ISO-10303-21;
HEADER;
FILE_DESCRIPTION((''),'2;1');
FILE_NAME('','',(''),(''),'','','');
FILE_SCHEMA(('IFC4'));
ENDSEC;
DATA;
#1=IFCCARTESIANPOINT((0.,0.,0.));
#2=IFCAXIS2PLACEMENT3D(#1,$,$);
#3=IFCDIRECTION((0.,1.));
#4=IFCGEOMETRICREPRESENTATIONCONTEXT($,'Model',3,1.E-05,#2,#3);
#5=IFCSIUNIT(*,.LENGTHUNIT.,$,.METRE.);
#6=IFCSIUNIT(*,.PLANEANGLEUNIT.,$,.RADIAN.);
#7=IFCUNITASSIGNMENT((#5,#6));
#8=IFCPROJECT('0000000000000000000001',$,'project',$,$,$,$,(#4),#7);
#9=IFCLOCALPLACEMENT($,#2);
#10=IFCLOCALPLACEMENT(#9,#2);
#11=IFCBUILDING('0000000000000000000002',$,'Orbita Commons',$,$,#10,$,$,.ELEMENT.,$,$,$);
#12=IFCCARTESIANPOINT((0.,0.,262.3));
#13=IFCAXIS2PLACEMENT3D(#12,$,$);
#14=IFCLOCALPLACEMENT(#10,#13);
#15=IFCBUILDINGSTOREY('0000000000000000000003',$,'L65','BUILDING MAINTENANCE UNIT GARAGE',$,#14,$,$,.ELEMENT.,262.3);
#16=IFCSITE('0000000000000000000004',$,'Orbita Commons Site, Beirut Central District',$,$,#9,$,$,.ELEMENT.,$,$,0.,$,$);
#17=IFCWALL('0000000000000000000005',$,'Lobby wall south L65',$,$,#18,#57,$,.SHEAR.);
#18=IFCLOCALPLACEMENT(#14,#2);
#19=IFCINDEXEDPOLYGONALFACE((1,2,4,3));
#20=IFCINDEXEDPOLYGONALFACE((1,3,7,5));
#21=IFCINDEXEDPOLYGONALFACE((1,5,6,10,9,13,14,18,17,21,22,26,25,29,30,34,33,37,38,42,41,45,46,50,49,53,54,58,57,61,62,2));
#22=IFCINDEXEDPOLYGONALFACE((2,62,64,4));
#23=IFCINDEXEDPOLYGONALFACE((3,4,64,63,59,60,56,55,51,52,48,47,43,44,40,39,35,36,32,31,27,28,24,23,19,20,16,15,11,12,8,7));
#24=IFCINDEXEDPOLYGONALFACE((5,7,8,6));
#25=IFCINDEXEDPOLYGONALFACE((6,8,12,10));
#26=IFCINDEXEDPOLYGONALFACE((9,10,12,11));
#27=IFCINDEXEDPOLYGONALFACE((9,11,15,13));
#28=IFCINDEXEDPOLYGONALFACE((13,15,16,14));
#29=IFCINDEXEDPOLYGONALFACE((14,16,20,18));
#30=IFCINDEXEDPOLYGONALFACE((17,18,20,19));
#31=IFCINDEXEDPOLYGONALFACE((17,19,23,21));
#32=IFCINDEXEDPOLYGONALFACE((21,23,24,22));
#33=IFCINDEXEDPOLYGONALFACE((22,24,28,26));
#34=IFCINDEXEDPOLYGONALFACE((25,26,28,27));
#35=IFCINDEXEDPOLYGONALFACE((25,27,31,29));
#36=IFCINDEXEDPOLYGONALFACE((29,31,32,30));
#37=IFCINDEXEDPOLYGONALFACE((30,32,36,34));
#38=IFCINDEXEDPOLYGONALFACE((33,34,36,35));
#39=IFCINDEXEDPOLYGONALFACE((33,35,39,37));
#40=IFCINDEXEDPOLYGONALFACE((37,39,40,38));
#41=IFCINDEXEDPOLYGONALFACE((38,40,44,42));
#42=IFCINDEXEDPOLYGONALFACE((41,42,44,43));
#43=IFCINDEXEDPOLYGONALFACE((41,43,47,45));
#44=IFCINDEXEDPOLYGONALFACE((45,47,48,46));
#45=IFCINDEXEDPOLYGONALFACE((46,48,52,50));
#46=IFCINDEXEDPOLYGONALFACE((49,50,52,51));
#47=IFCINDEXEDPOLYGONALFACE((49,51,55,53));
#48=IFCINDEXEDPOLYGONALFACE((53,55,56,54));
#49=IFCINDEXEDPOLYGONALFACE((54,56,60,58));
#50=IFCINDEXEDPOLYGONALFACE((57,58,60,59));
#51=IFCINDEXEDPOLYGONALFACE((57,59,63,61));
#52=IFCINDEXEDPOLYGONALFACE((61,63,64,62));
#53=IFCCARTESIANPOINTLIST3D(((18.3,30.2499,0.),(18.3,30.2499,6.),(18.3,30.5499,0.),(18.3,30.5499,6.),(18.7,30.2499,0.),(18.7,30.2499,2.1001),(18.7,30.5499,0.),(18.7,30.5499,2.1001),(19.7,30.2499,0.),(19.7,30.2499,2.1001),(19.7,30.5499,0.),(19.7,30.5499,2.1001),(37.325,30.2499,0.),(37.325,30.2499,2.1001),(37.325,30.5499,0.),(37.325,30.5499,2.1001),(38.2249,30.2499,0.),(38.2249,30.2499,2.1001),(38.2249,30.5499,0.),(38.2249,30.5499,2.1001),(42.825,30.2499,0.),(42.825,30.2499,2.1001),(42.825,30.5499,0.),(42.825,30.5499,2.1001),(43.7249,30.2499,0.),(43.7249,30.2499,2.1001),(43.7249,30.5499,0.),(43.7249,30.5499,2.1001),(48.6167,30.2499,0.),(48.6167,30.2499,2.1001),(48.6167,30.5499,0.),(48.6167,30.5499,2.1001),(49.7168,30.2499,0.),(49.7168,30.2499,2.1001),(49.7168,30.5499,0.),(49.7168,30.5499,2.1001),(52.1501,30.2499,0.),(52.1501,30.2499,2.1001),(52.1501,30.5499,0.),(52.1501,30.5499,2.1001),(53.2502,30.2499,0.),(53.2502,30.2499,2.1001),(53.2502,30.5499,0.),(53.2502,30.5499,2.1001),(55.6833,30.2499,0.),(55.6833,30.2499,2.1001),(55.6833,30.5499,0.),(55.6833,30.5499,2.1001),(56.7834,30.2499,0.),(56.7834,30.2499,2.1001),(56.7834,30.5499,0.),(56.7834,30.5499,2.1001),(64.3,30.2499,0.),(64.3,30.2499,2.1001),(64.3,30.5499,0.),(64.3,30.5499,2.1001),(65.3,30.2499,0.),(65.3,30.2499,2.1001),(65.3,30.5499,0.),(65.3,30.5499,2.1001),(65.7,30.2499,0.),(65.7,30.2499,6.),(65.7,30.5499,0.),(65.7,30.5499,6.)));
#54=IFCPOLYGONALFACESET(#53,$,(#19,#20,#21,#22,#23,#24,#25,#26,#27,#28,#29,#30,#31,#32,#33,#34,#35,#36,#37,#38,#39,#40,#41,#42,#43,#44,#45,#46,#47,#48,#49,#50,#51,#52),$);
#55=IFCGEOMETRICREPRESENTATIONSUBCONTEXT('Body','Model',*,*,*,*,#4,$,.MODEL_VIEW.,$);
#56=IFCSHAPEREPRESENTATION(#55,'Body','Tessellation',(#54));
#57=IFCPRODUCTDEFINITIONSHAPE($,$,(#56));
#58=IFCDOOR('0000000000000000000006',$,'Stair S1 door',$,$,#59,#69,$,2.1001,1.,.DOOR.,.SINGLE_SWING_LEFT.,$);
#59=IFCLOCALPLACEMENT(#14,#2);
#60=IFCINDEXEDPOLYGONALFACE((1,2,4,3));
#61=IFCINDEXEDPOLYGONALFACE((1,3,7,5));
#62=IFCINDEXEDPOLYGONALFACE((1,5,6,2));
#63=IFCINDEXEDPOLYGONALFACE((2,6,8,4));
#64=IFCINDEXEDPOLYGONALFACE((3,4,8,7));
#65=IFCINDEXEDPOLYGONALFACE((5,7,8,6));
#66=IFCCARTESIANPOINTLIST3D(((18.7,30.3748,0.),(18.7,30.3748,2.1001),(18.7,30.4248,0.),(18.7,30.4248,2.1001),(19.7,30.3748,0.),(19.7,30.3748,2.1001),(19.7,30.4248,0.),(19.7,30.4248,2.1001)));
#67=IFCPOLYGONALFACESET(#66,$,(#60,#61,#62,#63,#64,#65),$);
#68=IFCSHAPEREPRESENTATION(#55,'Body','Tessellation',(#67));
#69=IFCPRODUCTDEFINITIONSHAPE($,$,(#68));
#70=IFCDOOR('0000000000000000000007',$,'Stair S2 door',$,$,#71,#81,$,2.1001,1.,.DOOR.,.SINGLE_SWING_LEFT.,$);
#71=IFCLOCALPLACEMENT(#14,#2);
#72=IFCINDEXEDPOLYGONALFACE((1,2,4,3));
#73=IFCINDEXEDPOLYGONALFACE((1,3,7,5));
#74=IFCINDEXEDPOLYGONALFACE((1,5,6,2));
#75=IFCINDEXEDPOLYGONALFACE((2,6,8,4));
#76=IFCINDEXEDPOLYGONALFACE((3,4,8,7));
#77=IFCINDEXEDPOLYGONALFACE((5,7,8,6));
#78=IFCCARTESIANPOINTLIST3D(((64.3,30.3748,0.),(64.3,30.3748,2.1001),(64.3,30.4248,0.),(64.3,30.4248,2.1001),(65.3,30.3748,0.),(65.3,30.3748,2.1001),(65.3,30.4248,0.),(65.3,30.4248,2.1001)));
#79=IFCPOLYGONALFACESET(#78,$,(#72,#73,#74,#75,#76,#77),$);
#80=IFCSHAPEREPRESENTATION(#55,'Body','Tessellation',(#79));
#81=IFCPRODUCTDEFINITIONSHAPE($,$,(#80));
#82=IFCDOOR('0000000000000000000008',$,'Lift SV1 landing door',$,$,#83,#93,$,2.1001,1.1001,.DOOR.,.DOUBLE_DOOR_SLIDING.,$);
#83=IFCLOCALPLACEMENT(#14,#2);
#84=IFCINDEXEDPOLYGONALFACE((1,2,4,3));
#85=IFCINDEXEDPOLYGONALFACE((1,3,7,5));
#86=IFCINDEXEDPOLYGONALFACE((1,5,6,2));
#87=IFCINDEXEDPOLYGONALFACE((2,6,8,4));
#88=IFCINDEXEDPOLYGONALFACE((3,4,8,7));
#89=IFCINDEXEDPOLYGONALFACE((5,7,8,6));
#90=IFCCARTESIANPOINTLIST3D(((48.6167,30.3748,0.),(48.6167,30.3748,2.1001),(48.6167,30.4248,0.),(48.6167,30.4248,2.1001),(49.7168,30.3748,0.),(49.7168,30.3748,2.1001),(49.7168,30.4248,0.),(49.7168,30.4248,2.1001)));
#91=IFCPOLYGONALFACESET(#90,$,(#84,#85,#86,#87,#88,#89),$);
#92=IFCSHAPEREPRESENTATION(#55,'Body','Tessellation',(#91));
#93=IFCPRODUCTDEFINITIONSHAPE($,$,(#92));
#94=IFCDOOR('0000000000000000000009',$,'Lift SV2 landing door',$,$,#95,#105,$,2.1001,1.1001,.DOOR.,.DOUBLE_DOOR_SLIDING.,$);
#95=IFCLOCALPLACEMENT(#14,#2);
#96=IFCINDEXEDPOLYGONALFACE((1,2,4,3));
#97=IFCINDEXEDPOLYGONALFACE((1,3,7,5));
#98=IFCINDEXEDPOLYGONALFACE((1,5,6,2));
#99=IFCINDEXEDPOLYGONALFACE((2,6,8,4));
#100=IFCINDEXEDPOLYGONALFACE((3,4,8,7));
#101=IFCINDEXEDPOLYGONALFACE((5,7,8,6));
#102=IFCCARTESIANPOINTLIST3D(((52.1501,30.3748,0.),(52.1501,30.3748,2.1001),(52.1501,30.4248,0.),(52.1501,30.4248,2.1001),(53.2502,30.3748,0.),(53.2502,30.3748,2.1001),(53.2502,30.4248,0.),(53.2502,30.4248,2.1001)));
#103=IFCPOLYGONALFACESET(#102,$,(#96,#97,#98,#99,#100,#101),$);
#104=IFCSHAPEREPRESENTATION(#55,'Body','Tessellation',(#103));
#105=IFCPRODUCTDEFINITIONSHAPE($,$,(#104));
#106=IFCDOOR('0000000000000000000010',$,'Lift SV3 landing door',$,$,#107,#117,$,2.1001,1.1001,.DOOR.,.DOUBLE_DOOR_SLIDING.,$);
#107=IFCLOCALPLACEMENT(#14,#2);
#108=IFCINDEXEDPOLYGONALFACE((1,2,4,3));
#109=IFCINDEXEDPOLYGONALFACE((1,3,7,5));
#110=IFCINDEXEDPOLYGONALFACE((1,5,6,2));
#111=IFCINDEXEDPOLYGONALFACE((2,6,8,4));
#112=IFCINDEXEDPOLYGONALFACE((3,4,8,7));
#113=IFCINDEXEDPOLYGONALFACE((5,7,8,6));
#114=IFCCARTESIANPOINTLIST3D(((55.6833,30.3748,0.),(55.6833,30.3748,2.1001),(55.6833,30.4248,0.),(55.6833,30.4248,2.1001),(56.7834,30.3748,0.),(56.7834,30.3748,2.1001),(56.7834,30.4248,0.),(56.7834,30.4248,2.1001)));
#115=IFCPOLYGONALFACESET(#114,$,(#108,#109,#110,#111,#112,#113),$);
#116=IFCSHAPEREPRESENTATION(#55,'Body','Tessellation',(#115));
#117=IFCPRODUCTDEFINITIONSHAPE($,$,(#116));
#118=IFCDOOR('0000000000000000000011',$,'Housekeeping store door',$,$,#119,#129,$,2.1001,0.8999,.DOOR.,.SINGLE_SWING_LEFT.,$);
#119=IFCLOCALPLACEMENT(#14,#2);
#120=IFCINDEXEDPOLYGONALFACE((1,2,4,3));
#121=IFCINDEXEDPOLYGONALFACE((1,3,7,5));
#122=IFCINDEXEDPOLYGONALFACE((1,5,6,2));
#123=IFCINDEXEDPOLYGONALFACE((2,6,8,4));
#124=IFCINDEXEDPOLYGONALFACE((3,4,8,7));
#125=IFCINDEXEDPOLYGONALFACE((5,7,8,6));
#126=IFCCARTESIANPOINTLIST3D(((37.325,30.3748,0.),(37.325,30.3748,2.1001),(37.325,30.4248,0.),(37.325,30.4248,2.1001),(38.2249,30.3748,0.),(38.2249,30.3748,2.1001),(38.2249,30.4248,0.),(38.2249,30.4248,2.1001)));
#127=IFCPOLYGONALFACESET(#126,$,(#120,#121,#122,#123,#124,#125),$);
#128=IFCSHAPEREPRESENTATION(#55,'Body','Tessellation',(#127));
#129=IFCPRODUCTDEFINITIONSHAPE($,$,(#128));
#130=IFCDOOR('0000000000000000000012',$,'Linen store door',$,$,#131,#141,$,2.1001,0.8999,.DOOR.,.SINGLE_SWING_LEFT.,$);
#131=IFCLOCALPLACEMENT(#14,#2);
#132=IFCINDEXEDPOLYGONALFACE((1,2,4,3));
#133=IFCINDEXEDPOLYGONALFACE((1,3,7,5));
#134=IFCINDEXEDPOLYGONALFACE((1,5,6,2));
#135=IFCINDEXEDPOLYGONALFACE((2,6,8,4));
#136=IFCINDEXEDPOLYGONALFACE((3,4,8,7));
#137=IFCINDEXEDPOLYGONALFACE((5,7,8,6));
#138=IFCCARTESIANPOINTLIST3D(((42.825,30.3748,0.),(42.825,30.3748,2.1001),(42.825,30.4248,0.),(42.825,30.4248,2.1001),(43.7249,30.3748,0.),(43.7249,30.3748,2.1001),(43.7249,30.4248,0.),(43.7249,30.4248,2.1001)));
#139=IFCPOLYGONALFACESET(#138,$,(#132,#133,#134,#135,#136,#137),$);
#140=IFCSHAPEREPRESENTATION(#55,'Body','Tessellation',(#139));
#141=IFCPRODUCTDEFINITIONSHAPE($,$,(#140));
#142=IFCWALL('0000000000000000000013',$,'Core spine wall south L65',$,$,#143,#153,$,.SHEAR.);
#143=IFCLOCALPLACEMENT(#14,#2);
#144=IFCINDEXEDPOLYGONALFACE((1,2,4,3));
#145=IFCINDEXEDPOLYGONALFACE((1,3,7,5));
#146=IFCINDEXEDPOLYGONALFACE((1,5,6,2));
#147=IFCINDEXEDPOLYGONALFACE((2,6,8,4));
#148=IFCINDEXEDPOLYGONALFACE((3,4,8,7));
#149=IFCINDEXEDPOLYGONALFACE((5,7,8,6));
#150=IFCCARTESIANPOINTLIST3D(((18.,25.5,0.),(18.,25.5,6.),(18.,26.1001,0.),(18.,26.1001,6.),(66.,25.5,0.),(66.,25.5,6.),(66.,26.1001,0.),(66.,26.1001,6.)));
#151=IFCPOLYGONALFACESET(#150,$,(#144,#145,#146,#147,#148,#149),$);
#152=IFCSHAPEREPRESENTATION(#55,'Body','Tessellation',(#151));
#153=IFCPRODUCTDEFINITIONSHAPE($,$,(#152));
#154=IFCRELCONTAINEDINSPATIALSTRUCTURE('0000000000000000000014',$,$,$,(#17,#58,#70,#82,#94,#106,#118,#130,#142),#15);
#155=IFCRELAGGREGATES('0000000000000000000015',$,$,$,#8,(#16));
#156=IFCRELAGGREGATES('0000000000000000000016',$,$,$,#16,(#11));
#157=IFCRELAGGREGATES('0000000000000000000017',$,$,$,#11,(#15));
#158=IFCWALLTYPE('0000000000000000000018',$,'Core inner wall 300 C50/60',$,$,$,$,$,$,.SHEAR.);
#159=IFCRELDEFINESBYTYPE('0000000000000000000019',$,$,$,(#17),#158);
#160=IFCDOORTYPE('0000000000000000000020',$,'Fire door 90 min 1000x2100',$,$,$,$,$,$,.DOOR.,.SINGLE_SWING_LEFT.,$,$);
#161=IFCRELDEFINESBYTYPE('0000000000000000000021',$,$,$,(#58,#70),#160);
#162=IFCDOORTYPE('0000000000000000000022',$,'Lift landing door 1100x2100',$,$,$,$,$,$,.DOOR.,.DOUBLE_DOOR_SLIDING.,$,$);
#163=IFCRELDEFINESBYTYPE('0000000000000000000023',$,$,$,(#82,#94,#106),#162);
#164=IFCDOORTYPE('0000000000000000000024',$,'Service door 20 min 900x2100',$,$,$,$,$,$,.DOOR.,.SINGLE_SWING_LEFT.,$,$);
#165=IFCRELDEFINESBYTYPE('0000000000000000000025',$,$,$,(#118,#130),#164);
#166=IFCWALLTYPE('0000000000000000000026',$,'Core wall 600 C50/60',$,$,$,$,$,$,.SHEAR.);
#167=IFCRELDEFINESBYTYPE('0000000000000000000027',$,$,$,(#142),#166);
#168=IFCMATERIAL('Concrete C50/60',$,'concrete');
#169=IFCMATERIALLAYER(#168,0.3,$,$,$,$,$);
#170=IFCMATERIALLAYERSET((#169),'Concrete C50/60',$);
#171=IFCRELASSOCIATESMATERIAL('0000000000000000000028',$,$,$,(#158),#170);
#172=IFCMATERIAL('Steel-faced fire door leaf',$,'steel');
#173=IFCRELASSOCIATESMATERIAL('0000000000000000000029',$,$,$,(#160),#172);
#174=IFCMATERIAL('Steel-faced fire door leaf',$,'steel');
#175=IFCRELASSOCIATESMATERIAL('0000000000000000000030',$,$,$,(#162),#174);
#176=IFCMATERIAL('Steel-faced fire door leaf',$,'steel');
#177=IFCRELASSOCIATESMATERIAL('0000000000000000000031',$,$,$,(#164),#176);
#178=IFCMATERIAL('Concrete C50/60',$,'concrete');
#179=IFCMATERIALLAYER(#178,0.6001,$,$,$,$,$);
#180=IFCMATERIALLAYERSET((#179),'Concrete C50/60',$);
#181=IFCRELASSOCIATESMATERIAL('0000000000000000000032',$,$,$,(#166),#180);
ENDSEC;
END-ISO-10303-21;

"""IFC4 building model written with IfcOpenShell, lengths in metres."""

from ifc_helpers import new_model, si_unit, direction, frame, frame_2d, origin, place, context, subcontext, project, spatial, rectangle, extrude, material, layer, layer_set, type_object, element, fill, save


model = new_model("IFC4")

# Units and contexts
model_context = context("Model", 3, precision=1e-05, world=origin(), true_north=direction((0.0, 1.0)))
body_context = subcontext(model_context, "Body", "Model", "MODEL_VIEW")
ifc_project = project(units=[si_unit("LENGTHUNIT", "METRE"), si_unit("PLANEANGLEUNIT", "RADIAN")], contexts=[model_context])

# Site, building, storey
site_placement = place(None, origin())
site = spatial("IfcSite", under=ifc_project, at=site_placement, Name="Orbita Commons Site, Beirut Central District", CompositionType="ELEMENT", RefElevation=0.0)
building_placement = place(site_placement, origin())
building = spatial("IfcBuilding", under=site, at=building_placement, Name="Orbita Commons", CompositionType="ELEMENT")
storey_placement = place(building_placement, frame((0.0, 0.0, 262.3)))
storey = spatial("IfcBuildingStorey", under=building, at=storey_placement, Name="L65", Description="BUILDING MAINTENANCE UNIT GARAGE", CompositionType="ELEMENT", Elevation=262.3)

# Wall, openings, doors
ifc_material_1 = material(Name="Concrete C50/60", Category="concrete")
ifc_layer_1 = layer(ifc_material_1, 0.3)
ifc_layer_set_1 = layer_set([ifc_layer_1], Name="Concrete C50/60")
wall_type_1 = type_object("IfcWallType", Name="Core inner wall 300 C50/60", PredefinedType="SHEAR", material=ifc_layer_set_1)
wall_1_placement = place(storey_placement, frame((18.3, 30.3999, 0.0), z_axis=(0.0, 0.0, 1.0), x_axis=(1.0, 0.0, 0.0)))
wall_1 = element("IfcWall", 1, at=wall_1_placement, inside=storey, type_object=wall_type_1, Name="Lobby wall south L65", PredefinedType="SHEAR", context=body_context, shape_type="SweptSolid", body=[
    extrude(rectangle(XDim=47.3999, YDim=0.3, at=frame_2d((23.7, 0.0))), origin(), (0.0, 0.0, 1.0), 6.0),
])
opening_1_placement = place(wall_1_placement, frame((0.3999, 0.0, 0.0)))
opening_1 = element("IfcOpeningElement", 2, at=opening_1_placement, cuts=wall_1, PredefinedType="OPENING", context=body_context, shape_type="SweptSolid", body=[
    extrude(rectangle(XDim=1.0, YDim=2.1001, at=frame_2d((0.5, 1.05))), frame((0.0, 0.1599, 0.0), z_axis=(0.0, -1.0, 0.0), x_axis=(1.0, 0.0, 0.0)), (0.0, 0.0, 1.0), 0.3201),
])
opening_2_placement = place(wall_1_placement, frame((46.0, 0.0, 0.0)))
opening_2 = element("IfcOpeningElement", 3, at=opening_2_placement, cuts=wall_1, PredefinedType="OPENING", context=body_context, shape_type="SweptSolid", body=[
    extrude(rectangle(XDim=1.0, YDim=2.1001, at=frame_2d((0.5, 1.05))), frame((0.0, 0.1599, 0.0), z_axis=(0.0, -1.0, 0.0), x_axis=(1.0, 0.0, 0.0)), (0.0, 0.0, 1.0), 0.3201),
])
opening_3_placement = place(wall_1_placement, frame((19.0249, 0.0, 0.0)))
opening_3 = element("IfcOpeningElement", 4, at=opening_3_placement, cuts=wall_1, PredefinedType="OPENING", context=body_context, shape_type="SweptSolid", body=[
    extrude(rectangle(XDim=0.8999, YDim=2.1001, at=frame_2d((0.45, 1.05))), frame((0.0, 0.1599, 0.0), z_axis=(0.0, -1.0, 0.0), x_axis=(1.0, 0.0, 0.0)), (0.0, 0.0, 1.0), 0.3201),
])
opening_4_placement = place(wall_1_placement, frame((24.5249, 0.0, 0.0)))
opening_4 = element("IfcOpeningElement", 5, at=opening_4_placement, cuts=wall_1, PredefinedType="OPENING", context=body_context, shape_type="SweptSolid", body=[
    extrude(rectangle(XDim=0.8999, YDim=2.1001, at=frame_2d((0.45, 1.05))), frame((0.0, 0.1599, 0.0), z_axis=(0.0, -1.0, 0.0), x_axis=(1.0, 0.0, 0.0)), (0.0, 0.0, 1.0), 0.3201),
])
opening_5_placement = place(wall_1_placement, frame((30.3167, 0.0, 0.0)))
opening_5 = element("IfcOpeningElement", 6, at=opening_5_placement, cuts=wall_1, PredefinedType="OPENING", context=body_context, shape_type="SweptSolid", body=[
    extrude(rectangle(XDim=1.1001, YDim=2.1001, at=frame_2d((0.55, 1.05))), frame((0.0, 0.1599, 0.0), z_axis=(0.0, -1.0, 0.0), x_axis=(1.0, 0.0, 0.0)), (0.0, 0.0, 1.0), 0.3201),
])
opening_6_placement = place(wall_1_placement, frame((33.8501, 0.0, 0.0)))
opening_6 = element("IfcOpeningElement", 7, at=opening_6_placement, cuts=wall_1, PredefinedType="OPENING", context=body_context, shape_type="SweptSolid", body=[
    extrude(rectangle(XDim=1.1001, YDim=2.1001, at=frame_2d((0.55, 1.05))), frame((0.0, 0.1599, 0.0), z_axis=(0.0, -1.0, 0.0), x_axis=(1.0, 0.0, 0.0)), (0.0, 0.0, 1.0), 0.3201),
])
opening_7_placement = place(wall_1_placement, frame((37.3833, 0.0, 0.0)))
opening_7 = element("IfcOpeningElement", 8, at=opening_7_placement, cuts=wall_1, PredefinedType="OPENING", context=body_context, shape_type="SweptSolid", body=[
    extrude(rectangle(XDim=1.1001, YDim=2.1001, at=frame_2d((0.55, 1.05))), frame((0.0, 0.1599, 0.0), z_axis=(0.0, -1.0, 0.0), x_axis=(1.0, 0.0, 0.0)), (0.0, 0.0, 1.0), 0.3201),
])
ifc_material_2 = material(Name="Steel-faced fire door leaf", Category="steel")
door_type_1 = type_object("IfcDoorType", Name="Fire door 90 min 1000x2100", OperationType="SINGLE_SWING_LEFT", PredefinedType="DOOR", material=ifc_material_2)
door_1_placement = place(opening_1_placement, origin())
door_1 = element("IfcDoor", 9, at=door_1_placement, inside=storey, type_object=door_type_1, Name="Stair S1 door", OperationType="SINGLE_SWING_LEFT", OverallHeight=2.1001, OverallWidth=1.0, PredefinedType="DOOR", context=body_context, shape_type="SweptSolid", body=[
    extrude(rectangle(XDim=1.0, YDim=2.1001, at=frame_2d((0.5, 1.05))), frame((0.0, 0.0249, 0.0), z_axis=(0.0, -1.0, 0.0), x_axis=(1.0, 0.0, 0.0)), (0.0, 0.0, 1.0), 0.05),
])
fill(opening_1, door_1)
door_2_placement = place(opening_2_placement, origin())
door_2 = element("IfcDoor", 10, at=door_2_placement, inside=storey, type_object=door_type_1, Name="Stair S2 door", OperationType="SINGLE_SWING_LEFT", OverallHeight=2.1001, OverallWidth=1.0, PredefinedType="DOOR", context=body_context, shape_type="SweptSolid", body=[
    extrude(rectangle(XDim=1.0, YDim=2.1001, at=frame_2d((0.5, 1.05))), frame((0.0, 0.0249, 0.0), z_axis=(0.0, -1.0, 0.0), x_axis=(1.0, 0.0, 0.0)), (0.0, 0.0, 1.0), 0.05),
])
fill(opening_2, door_2)
ifc_material_3 = material(Name="Steel-faced fire door leaf", Category="steel")
door_type_2 = type_object("IfcDoorType", Name="Lift landing door 1100x2100", OperationType="DOUBLE_DOOR_SLIDING", PredefinedType="DOOR", material=ifc_material_3)
door_3_placement = place(opening_5_placement, origin())
door_3 = element("IfcDoor", 11, at=door_3_placement, inside=storey, type_object=door_type_2, Name="Lift SV1 landing door", OperationType="DOUBLE_DOOR_SLIDING", OverallHeight=2.1001, OverallWidth=1.1001, PredefinedType="DOOR", context=body_context, shape_type="SweptSolid", body=[
    extrude(rectangle(XDim=1.1001, YDim=2.1001, at=frame_2d((0.55, 1.05))), frame((0.0, 0.0249, 0.0), z_axis=(0.0, -1.0, 0.0), x_axis=(1.0, 0.0, 0.0)), (0.0, 0.0, 1.0), 0.05),
])
fill(opening_5, door_3)
door_4_placement = place(opening_6_placement, origin())
door_4 = element("IfcDoor", 12, at=door_4_placement, inside=storey, type_object=door_type_2, Name="Lift SV2 landing door", OperationType="DOUBLE_DOOR_SLIDING", OverallHeight=2.1001, OverallWidth=1.1001, PredefinedType="DOOR", context=body_context, shape_type="SweptSolid", body=[
    extrude(rectangle(XDim=1.1001, YDim=2.1001, at=frame_2d((0.55, 1.05))), frame((0.0, 0.0249, 0.0), z_axis=(0.0, -1.0, 0.0), x_axis=(1.0, 0.0, 0.0)), (0.0, 0.0, 1.0), 0.05),
])
fill(opening_6, door_4)
door_5_placement = place(opening_7_placement, origin())
door_5 = element("IfcDoor", 13, at=door_5_placement, inside=storey, type_object=door_type_2, Name="Lift SV3 landing door", OperationType="DOUBLE_DOOR_SLIDING", OverallHeight=2.1001, OverallWidth=1.1001, PredefinedType="DOOR", context=body_context, shape_type="SweptSolid", body=[
    extrude(rectangle(XDim=1.1001, YDim=2.1001, at=frame_2d((0.55, 1.05))), frame((0.0, 0.0249, 0.0), z_axis=(0.0, -1.0, 0.0), x_axis=(1.0, 0.0, 0.0)), (0.0, 0.0, 1.0), 0.05),
])
fill(opening_7, door_5)
ifc_material_4 = material(Name="Steel-faced fire door leaf", Category="steel")
door_type_3 = type_object("IfcDoorType", Name="Service door 20 min 900x2100", OperationType="SINGLE_SWING_LEFT", PredefinedType="DOOR", material=ifc_material_4)
door_6_placement = place(opening_3_placement, origin())
door_6 = element("IfcDoor", 14, at=door_6_placement, inside=storey, type_object=door_type_3, Name="Housekeeping store door", OperationType="SINGLE_SWING_LEFT", OverallHeight=2.1001, OverallWidth=0.8999, PredefinedType="DOOR", context=body_context, shape_type="SweptSolid", body=[
    extrude(rectangle(XDim=0.8999, YDim=2.1001, at=frame_2d((0.45, 1.05))), frame((0.0, 0.0249, 0.0), z_axis=(0.0, -1.0, 0.0), x_axis=(1.0, 0.0, 0.0)), (0.0, 0.0, 1.0), 0.05),
])
fill(opening_3, door_6)
door_7_placement = place(opening_4_placement, origin())
door_7 = element("IfcDoor", 15, at=door_7_placement, inside=storey, type_object=door_type_3, Name="Linen store door", OperationType="SINGLE_SWING_LEFT", OverallHeight=2.1001, OverallWidth=0.8999, PredefinedType="DOOR", context=body_context, shape_type="SweptSolid", body=[
    extrude(rectangle(XDim=0.8999, YDim=2.1001, at=frame_2d((0.45, 1.05))), frame((0.0, 0.0249, 0.0), z_axis=(0.0, -1.0, 0.0), x_axis=(1.0, 0.0, 0.0)), (0.0, 0.0, 1.0), 0.05),
])
fill(opening_4, door_7)

# Wall
ifc_material_5 = material(Name="Concrete C50/60", Category="concrete")
ifc_layer_2 = layer(ifc_material_5, 0.6001)
ifc_layer_set_2 = layer_set([ifc_layer_2], Name="Concrete C50/60")
wall_type_2 = type_object("IfcWallType", Name="Core wall 600 C50/60", PredefinedType="SHEAR", material=ifc_layer_set_2)
wall_2_placement = place(storey_placement, frame((18.0, 25.8, 0.0), z_axis=(0.0, 0.0, 1.0), x_axis=(1.0, 0.0, 0.0)))
element("IfcWall", 16, at=wall_2_placement, inside=storey, type_object=wall_type_2, Name="Core spine wall south L65", PredefinedType="SHEAR", context=body_context, shape_type="SweptSolid", body=[
    extrude(rectangle(XDim=48.0, YDim=0.6001, at=frame_2d((24.0, 0.0))), origin(), (0.0, 0.0, 1.0), 6.0),
])

save(model, "model.ifc")
